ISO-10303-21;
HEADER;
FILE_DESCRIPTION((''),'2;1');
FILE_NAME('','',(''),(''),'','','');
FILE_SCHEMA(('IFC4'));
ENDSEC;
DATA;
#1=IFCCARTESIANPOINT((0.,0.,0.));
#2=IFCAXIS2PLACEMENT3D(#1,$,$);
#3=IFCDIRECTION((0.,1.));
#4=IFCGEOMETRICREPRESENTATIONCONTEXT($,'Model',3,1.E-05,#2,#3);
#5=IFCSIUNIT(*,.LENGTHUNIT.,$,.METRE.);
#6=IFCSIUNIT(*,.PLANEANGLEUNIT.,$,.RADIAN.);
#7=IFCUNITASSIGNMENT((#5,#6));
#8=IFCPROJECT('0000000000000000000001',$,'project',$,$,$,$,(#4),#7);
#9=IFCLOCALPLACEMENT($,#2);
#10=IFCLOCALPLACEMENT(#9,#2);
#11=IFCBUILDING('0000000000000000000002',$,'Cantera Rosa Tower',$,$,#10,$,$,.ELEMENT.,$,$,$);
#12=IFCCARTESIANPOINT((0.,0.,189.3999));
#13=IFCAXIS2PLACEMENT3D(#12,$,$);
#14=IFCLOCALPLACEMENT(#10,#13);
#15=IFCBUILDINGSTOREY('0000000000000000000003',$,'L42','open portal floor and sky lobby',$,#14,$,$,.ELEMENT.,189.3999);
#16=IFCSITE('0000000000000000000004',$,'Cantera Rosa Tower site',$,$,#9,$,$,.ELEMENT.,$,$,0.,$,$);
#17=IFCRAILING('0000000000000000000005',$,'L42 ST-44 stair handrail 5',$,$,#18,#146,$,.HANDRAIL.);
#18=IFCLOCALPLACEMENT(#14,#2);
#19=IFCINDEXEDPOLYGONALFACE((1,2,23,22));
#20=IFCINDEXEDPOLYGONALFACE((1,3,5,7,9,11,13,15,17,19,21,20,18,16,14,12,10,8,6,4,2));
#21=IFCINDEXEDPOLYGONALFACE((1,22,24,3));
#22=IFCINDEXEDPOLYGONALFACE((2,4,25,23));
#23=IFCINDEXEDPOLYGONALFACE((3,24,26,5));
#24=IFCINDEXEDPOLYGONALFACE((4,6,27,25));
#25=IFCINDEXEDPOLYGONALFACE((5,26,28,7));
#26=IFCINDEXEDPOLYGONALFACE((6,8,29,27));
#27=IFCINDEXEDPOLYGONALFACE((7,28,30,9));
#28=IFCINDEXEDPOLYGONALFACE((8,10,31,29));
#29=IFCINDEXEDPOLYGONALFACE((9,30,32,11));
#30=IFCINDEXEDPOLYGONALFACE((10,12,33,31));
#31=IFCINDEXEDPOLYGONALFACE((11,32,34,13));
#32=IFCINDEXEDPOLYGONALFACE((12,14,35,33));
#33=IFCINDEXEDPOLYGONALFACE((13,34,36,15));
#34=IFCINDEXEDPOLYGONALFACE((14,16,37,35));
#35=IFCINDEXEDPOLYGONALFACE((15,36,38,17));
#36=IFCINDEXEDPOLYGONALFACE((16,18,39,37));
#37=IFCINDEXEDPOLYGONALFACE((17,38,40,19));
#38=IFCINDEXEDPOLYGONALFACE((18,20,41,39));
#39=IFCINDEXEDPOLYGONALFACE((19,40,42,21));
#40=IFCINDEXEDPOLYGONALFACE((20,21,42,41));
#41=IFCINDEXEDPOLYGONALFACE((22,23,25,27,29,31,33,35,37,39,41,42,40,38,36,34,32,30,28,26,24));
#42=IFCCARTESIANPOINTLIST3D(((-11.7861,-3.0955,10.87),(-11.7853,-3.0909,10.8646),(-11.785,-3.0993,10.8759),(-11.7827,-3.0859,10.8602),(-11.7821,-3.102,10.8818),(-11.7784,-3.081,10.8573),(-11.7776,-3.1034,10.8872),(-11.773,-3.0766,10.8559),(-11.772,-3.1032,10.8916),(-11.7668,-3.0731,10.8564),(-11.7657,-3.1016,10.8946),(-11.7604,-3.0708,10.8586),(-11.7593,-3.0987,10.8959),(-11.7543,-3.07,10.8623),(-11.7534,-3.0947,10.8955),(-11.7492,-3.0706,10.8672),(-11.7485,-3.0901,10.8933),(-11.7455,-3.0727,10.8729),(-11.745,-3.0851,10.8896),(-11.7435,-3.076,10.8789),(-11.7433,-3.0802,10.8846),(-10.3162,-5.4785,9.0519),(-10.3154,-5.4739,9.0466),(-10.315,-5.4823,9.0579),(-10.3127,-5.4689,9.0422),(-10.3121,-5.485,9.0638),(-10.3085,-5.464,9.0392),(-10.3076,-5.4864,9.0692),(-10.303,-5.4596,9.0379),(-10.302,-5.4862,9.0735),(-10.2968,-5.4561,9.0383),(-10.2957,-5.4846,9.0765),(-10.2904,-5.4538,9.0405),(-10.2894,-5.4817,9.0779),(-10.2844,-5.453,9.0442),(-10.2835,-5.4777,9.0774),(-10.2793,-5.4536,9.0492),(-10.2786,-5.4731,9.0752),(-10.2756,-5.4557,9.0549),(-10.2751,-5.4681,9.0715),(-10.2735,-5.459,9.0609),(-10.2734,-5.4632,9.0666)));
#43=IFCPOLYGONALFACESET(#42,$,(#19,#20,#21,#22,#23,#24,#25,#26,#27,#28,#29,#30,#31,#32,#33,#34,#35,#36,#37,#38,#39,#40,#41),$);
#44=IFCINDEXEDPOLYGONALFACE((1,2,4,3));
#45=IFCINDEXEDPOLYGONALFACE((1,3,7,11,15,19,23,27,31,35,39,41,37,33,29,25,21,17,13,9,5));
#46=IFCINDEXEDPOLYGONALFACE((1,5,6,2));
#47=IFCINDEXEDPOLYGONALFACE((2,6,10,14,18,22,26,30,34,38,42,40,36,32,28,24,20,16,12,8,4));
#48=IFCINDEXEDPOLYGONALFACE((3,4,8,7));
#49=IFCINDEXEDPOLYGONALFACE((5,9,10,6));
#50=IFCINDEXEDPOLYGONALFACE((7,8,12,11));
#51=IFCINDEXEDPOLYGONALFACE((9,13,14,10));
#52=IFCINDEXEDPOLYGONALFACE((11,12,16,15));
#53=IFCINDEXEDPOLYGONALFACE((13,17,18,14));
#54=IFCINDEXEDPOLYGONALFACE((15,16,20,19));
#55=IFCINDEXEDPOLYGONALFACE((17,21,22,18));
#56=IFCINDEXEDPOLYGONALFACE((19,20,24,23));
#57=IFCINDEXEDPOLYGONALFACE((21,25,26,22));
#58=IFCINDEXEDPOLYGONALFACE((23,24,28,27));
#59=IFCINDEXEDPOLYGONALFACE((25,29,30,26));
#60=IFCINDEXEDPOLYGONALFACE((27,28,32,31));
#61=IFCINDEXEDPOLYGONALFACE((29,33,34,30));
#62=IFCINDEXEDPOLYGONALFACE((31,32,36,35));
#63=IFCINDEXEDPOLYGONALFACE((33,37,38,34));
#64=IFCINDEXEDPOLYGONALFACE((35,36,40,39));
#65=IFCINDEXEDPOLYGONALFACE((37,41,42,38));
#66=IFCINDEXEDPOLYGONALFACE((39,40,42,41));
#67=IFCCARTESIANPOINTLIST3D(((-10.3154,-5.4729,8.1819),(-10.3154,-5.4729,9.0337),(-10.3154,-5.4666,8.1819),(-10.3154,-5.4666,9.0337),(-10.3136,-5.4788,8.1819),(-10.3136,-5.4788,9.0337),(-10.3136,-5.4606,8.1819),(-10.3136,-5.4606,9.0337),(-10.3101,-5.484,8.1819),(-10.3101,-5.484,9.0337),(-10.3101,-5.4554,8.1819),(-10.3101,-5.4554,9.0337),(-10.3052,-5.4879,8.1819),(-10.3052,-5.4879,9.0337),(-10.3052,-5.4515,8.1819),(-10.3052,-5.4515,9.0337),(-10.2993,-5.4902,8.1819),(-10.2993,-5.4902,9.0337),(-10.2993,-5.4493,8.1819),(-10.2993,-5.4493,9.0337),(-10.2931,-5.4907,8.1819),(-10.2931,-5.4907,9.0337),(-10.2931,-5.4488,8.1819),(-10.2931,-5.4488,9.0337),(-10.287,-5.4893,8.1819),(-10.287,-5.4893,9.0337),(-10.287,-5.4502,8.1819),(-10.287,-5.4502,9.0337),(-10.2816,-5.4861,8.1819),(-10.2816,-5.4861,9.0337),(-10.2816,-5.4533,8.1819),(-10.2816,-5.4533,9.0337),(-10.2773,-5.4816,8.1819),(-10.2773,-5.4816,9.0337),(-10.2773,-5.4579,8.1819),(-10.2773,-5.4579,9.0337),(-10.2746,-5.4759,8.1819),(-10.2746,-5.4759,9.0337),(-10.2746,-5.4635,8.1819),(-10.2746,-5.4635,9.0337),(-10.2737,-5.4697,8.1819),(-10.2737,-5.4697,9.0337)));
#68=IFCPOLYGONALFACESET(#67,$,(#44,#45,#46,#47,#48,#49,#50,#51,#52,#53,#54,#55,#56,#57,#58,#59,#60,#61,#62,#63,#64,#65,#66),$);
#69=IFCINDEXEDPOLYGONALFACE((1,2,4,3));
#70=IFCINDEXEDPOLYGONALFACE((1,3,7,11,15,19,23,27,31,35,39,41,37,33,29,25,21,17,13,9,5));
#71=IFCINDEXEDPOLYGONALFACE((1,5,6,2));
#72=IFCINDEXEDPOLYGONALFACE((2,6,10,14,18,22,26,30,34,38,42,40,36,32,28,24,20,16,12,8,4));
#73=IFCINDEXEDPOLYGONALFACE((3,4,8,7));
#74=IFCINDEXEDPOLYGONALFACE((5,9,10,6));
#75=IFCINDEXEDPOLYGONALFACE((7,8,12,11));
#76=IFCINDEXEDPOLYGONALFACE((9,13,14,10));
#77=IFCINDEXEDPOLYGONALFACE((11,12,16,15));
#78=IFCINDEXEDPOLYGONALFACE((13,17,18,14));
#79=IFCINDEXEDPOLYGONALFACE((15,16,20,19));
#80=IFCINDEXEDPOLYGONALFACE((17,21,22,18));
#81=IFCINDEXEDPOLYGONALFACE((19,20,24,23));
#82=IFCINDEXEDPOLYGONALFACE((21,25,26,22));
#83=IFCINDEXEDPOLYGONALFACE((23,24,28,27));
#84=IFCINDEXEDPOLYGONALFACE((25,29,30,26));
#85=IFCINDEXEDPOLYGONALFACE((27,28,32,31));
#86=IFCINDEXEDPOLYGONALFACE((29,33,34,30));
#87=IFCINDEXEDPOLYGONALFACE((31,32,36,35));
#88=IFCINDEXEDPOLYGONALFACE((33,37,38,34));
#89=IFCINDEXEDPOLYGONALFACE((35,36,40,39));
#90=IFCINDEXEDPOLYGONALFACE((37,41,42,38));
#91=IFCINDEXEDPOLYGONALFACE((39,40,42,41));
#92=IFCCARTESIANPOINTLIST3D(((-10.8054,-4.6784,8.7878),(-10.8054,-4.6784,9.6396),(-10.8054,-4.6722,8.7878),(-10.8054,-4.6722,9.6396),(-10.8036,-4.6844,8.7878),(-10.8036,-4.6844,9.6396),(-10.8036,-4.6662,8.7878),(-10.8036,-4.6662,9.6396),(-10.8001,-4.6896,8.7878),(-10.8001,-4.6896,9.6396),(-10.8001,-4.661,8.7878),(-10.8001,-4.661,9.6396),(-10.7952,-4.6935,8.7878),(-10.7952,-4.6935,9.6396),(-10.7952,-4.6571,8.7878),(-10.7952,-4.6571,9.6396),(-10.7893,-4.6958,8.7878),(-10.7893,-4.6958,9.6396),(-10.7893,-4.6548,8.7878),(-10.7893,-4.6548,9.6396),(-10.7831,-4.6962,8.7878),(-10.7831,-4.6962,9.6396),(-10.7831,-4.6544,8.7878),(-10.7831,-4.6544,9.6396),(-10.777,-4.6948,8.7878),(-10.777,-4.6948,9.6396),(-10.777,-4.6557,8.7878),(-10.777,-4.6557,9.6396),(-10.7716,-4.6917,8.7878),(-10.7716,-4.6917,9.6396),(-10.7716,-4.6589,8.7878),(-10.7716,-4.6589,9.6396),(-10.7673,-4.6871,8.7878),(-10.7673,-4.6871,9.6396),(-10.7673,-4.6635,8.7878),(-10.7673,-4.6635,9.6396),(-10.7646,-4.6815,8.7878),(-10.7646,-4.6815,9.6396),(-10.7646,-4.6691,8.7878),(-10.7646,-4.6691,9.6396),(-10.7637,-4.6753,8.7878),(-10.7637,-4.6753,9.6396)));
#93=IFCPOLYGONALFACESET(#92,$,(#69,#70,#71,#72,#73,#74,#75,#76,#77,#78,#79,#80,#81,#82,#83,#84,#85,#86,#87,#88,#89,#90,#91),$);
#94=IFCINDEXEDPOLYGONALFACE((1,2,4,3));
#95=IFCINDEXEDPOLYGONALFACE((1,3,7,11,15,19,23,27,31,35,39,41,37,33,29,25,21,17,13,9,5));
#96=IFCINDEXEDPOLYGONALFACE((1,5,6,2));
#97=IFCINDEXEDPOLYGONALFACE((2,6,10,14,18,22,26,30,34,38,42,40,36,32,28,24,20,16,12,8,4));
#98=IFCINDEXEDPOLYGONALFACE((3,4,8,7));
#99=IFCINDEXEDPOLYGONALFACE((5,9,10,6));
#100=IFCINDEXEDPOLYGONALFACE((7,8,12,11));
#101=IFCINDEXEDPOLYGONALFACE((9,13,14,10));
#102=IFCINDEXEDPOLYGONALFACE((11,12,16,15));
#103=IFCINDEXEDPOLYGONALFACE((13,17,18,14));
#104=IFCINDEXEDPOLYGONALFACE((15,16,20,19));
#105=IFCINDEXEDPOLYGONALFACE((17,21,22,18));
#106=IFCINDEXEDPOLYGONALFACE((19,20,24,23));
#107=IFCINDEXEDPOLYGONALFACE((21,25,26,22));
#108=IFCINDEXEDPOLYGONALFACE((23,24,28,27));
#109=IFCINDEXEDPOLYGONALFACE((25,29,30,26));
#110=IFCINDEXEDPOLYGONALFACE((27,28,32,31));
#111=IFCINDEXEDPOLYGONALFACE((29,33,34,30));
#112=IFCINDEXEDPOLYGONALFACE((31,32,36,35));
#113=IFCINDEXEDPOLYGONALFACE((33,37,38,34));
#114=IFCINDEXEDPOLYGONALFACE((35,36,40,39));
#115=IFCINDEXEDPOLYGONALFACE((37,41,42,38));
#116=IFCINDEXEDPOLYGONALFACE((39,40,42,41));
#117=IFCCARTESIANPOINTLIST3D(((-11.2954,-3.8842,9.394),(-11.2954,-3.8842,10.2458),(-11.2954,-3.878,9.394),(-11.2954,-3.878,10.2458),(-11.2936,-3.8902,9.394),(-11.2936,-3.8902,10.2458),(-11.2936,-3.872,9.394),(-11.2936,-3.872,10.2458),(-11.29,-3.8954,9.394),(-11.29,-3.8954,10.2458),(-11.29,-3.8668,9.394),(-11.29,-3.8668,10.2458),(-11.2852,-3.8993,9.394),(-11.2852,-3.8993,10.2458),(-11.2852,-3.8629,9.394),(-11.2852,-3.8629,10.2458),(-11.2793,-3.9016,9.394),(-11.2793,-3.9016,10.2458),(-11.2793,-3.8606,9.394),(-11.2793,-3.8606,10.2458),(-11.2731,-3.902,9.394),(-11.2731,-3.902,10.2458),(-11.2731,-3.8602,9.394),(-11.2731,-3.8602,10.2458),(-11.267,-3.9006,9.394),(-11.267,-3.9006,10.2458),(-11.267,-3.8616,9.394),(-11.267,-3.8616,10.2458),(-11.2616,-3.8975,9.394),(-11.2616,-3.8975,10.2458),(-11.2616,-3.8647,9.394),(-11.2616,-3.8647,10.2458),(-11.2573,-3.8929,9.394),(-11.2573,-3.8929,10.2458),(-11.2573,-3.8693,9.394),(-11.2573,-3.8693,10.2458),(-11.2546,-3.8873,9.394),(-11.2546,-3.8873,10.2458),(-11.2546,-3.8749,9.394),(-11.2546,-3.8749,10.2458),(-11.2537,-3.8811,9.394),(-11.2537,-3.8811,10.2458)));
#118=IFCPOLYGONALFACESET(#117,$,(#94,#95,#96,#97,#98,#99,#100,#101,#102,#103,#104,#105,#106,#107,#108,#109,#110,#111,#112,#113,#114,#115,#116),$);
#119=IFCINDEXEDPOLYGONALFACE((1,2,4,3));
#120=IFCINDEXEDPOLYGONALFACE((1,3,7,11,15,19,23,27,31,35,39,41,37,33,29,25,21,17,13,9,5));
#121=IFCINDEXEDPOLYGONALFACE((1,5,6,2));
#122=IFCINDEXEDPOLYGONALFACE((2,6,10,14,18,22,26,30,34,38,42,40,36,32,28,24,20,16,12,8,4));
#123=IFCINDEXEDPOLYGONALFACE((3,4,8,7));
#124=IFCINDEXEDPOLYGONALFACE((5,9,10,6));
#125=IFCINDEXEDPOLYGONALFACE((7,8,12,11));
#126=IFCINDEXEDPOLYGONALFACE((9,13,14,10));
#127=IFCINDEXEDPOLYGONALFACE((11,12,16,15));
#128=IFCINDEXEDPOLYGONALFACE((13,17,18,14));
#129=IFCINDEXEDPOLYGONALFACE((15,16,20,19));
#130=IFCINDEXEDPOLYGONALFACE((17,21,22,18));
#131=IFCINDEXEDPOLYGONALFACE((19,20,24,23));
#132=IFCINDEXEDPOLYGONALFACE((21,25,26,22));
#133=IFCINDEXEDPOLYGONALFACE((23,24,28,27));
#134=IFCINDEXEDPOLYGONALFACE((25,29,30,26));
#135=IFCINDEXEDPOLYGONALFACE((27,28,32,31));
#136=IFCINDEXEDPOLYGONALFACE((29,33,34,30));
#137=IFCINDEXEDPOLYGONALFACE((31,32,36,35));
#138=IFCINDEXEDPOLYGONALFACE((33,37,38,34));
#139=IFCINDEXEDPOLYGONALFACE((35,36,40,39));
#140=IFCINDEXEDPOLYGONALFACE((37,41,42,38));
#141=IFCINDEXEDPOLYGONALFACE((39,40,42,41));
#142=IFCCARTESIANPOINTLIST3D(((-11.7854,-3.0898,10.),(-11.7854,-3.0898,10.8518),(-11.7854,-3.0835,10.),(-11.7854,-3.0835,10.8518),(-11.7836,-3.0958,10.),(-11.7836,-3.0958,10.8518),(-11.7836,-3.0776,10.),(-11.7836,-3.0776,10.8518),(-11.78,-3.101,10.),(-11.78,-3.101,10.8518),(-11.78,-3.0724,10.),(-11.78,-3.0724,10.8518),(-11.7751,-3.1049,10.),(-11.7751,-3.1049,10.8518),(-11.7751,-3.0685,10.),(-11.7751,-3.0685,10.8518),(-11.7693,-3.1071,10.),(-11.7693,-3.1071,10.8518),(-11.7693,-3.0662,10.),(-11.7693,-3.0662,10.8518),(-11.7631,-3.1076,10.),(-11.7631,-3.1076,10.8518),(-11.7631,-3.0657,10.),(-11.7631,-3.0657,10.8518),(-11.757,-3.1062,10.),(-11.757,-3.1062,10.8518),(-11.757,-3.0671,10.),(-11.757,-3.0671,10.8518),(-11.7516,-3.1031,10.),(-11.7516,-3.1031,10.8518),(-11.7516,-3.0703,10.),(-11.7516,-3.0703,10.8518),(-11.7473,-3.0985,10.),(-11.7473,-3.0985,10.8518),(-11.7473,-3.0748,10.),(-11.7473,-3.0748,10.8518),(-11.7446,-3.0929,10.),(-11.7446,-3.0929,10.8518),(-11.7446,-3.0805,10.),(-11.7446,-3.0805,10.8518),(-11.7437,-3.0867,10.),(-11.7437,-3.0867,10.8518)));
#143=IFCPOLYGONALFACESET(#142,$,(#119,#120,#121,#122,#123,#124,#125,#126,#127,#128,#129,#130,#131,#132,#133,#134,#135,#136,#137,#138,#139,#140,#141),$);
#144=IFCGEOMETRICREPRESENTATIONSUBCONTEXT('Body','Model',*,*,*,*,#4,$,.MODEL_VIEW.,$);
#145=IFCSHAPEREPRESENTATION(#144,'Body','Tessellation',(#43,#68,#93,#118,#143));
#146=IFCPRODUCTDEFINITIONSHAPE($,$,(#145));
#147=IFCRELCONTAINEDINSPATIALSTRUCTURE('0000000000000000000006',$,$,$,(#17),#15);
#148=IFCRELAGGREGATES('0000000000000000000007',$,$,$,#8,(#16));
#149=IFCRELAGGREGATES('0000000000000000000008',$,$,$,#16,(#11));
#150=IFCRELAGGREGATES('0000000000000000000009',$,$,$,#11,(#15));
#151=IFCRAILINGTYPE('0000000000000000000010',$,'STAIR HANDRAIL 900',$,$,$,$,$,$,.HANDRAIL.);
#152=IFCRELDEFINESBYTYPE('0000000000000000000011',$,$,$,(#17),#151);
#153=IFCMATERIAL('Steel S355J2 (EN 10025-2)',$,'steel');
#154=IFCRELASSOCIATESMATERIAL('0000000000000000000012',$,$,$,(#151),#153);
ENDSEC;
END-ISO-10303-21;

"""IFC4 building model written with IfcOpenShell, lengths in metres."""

from ifc_helpers import new_model, si_unit, direction, frame, origin, origin_2d, place, context, subcontext, project, spatial, circle, extrude, material, type_object, element, save


model = new_model("IFC4")

# Units and contexts
model_context = context("Model", 3, precision=1e-05, world=origin(), true_north=direction((0.0, 1.0)))
body_context = subcontext(model_context, "Body", "Model", "MODEL_VIEW")
ifc_project = project(units=[si_unit("LENGTHUNIT", "METRE"), si_unit("PLANEANGLEUNIT", "RADIAN")], contexts=[model_context])

# Site, building, storey
site_placement = place(None, origin())
site = spatial("IfcSite", under=ifc_project, at=site_placement, Name="Cantera Rosa Tower site", CompositionType="ELEMENT", RefElevation=0.0)
building_placement = place(site_placement, origin())
building = spatial("IfcBuilding", under=site, at=building_placement, Name="Cantera Rosa Tower", CompositionType="ELEMENT")
storey_placement = place(building_placement, frame((0.0, 0.0, 189.3999)))
storey = spatial("IfcBuildingStorey", under=building, at=storey_placement, Name="L42", Description="open portal floor and sky lobby", CompositionType="ELEMENT", Elevation=189.3999)

# Railing
ifc_material_1 = material(Name="Steel S355J2 (EN 10025-2)", Category="steel")
railing_type_1 = type_object("IfcRailingType", Name="STAIR HANDRAIL 900", PredefinedType="HANDRAIL", material=ifc_material_1)
for number, where, name in (
    (1, (-10.2947, -5.4697, 8.1819), "L42 ST-44 stair handrail 5"),
):
    element("IfcRailing", number, at=place(storey_placement, frame(where)), inside=storey, type_object=railing_type_1, Name=name, PredefinedType="HANDRAIL", context=body_context, shape_type="SweptSolid", body=[
        extrude(circle(Radius=0.0239, at=origin_2d()), frame((0.0, 0.0, 0.876), z_axis=(-0.440314, 0.713819, 0.544597), x_axis=(-0.851104, -0.524997, 0.0)), (0.0, 0.0, 1.0), 3.3384),
        extrude(circle(Radius=0.021, at=origin_2d()), origin(), (0.0, 0.0, 1.0), 0.8518),
        extrude(circle(Radius=0.021, at=origin_2d()), frame((-0.49, 0.7944, 0.606)), (0.0, 0.0, 1.0), 0.8518),
        extrude(circle(Radius=0.021, at=origin_2d()), frame((-0.98, 1.5886, 1.2122)), (0.0, 0.0, 1.0), 0.8518),
        extrude(circle(Radius=0.021, at=origin_2d()), frame((-1.47, 2.3831, 1.8181)), (0.0, 0.0, 1.0), 0.8518),
    ])

save(model, "model.ifc")
